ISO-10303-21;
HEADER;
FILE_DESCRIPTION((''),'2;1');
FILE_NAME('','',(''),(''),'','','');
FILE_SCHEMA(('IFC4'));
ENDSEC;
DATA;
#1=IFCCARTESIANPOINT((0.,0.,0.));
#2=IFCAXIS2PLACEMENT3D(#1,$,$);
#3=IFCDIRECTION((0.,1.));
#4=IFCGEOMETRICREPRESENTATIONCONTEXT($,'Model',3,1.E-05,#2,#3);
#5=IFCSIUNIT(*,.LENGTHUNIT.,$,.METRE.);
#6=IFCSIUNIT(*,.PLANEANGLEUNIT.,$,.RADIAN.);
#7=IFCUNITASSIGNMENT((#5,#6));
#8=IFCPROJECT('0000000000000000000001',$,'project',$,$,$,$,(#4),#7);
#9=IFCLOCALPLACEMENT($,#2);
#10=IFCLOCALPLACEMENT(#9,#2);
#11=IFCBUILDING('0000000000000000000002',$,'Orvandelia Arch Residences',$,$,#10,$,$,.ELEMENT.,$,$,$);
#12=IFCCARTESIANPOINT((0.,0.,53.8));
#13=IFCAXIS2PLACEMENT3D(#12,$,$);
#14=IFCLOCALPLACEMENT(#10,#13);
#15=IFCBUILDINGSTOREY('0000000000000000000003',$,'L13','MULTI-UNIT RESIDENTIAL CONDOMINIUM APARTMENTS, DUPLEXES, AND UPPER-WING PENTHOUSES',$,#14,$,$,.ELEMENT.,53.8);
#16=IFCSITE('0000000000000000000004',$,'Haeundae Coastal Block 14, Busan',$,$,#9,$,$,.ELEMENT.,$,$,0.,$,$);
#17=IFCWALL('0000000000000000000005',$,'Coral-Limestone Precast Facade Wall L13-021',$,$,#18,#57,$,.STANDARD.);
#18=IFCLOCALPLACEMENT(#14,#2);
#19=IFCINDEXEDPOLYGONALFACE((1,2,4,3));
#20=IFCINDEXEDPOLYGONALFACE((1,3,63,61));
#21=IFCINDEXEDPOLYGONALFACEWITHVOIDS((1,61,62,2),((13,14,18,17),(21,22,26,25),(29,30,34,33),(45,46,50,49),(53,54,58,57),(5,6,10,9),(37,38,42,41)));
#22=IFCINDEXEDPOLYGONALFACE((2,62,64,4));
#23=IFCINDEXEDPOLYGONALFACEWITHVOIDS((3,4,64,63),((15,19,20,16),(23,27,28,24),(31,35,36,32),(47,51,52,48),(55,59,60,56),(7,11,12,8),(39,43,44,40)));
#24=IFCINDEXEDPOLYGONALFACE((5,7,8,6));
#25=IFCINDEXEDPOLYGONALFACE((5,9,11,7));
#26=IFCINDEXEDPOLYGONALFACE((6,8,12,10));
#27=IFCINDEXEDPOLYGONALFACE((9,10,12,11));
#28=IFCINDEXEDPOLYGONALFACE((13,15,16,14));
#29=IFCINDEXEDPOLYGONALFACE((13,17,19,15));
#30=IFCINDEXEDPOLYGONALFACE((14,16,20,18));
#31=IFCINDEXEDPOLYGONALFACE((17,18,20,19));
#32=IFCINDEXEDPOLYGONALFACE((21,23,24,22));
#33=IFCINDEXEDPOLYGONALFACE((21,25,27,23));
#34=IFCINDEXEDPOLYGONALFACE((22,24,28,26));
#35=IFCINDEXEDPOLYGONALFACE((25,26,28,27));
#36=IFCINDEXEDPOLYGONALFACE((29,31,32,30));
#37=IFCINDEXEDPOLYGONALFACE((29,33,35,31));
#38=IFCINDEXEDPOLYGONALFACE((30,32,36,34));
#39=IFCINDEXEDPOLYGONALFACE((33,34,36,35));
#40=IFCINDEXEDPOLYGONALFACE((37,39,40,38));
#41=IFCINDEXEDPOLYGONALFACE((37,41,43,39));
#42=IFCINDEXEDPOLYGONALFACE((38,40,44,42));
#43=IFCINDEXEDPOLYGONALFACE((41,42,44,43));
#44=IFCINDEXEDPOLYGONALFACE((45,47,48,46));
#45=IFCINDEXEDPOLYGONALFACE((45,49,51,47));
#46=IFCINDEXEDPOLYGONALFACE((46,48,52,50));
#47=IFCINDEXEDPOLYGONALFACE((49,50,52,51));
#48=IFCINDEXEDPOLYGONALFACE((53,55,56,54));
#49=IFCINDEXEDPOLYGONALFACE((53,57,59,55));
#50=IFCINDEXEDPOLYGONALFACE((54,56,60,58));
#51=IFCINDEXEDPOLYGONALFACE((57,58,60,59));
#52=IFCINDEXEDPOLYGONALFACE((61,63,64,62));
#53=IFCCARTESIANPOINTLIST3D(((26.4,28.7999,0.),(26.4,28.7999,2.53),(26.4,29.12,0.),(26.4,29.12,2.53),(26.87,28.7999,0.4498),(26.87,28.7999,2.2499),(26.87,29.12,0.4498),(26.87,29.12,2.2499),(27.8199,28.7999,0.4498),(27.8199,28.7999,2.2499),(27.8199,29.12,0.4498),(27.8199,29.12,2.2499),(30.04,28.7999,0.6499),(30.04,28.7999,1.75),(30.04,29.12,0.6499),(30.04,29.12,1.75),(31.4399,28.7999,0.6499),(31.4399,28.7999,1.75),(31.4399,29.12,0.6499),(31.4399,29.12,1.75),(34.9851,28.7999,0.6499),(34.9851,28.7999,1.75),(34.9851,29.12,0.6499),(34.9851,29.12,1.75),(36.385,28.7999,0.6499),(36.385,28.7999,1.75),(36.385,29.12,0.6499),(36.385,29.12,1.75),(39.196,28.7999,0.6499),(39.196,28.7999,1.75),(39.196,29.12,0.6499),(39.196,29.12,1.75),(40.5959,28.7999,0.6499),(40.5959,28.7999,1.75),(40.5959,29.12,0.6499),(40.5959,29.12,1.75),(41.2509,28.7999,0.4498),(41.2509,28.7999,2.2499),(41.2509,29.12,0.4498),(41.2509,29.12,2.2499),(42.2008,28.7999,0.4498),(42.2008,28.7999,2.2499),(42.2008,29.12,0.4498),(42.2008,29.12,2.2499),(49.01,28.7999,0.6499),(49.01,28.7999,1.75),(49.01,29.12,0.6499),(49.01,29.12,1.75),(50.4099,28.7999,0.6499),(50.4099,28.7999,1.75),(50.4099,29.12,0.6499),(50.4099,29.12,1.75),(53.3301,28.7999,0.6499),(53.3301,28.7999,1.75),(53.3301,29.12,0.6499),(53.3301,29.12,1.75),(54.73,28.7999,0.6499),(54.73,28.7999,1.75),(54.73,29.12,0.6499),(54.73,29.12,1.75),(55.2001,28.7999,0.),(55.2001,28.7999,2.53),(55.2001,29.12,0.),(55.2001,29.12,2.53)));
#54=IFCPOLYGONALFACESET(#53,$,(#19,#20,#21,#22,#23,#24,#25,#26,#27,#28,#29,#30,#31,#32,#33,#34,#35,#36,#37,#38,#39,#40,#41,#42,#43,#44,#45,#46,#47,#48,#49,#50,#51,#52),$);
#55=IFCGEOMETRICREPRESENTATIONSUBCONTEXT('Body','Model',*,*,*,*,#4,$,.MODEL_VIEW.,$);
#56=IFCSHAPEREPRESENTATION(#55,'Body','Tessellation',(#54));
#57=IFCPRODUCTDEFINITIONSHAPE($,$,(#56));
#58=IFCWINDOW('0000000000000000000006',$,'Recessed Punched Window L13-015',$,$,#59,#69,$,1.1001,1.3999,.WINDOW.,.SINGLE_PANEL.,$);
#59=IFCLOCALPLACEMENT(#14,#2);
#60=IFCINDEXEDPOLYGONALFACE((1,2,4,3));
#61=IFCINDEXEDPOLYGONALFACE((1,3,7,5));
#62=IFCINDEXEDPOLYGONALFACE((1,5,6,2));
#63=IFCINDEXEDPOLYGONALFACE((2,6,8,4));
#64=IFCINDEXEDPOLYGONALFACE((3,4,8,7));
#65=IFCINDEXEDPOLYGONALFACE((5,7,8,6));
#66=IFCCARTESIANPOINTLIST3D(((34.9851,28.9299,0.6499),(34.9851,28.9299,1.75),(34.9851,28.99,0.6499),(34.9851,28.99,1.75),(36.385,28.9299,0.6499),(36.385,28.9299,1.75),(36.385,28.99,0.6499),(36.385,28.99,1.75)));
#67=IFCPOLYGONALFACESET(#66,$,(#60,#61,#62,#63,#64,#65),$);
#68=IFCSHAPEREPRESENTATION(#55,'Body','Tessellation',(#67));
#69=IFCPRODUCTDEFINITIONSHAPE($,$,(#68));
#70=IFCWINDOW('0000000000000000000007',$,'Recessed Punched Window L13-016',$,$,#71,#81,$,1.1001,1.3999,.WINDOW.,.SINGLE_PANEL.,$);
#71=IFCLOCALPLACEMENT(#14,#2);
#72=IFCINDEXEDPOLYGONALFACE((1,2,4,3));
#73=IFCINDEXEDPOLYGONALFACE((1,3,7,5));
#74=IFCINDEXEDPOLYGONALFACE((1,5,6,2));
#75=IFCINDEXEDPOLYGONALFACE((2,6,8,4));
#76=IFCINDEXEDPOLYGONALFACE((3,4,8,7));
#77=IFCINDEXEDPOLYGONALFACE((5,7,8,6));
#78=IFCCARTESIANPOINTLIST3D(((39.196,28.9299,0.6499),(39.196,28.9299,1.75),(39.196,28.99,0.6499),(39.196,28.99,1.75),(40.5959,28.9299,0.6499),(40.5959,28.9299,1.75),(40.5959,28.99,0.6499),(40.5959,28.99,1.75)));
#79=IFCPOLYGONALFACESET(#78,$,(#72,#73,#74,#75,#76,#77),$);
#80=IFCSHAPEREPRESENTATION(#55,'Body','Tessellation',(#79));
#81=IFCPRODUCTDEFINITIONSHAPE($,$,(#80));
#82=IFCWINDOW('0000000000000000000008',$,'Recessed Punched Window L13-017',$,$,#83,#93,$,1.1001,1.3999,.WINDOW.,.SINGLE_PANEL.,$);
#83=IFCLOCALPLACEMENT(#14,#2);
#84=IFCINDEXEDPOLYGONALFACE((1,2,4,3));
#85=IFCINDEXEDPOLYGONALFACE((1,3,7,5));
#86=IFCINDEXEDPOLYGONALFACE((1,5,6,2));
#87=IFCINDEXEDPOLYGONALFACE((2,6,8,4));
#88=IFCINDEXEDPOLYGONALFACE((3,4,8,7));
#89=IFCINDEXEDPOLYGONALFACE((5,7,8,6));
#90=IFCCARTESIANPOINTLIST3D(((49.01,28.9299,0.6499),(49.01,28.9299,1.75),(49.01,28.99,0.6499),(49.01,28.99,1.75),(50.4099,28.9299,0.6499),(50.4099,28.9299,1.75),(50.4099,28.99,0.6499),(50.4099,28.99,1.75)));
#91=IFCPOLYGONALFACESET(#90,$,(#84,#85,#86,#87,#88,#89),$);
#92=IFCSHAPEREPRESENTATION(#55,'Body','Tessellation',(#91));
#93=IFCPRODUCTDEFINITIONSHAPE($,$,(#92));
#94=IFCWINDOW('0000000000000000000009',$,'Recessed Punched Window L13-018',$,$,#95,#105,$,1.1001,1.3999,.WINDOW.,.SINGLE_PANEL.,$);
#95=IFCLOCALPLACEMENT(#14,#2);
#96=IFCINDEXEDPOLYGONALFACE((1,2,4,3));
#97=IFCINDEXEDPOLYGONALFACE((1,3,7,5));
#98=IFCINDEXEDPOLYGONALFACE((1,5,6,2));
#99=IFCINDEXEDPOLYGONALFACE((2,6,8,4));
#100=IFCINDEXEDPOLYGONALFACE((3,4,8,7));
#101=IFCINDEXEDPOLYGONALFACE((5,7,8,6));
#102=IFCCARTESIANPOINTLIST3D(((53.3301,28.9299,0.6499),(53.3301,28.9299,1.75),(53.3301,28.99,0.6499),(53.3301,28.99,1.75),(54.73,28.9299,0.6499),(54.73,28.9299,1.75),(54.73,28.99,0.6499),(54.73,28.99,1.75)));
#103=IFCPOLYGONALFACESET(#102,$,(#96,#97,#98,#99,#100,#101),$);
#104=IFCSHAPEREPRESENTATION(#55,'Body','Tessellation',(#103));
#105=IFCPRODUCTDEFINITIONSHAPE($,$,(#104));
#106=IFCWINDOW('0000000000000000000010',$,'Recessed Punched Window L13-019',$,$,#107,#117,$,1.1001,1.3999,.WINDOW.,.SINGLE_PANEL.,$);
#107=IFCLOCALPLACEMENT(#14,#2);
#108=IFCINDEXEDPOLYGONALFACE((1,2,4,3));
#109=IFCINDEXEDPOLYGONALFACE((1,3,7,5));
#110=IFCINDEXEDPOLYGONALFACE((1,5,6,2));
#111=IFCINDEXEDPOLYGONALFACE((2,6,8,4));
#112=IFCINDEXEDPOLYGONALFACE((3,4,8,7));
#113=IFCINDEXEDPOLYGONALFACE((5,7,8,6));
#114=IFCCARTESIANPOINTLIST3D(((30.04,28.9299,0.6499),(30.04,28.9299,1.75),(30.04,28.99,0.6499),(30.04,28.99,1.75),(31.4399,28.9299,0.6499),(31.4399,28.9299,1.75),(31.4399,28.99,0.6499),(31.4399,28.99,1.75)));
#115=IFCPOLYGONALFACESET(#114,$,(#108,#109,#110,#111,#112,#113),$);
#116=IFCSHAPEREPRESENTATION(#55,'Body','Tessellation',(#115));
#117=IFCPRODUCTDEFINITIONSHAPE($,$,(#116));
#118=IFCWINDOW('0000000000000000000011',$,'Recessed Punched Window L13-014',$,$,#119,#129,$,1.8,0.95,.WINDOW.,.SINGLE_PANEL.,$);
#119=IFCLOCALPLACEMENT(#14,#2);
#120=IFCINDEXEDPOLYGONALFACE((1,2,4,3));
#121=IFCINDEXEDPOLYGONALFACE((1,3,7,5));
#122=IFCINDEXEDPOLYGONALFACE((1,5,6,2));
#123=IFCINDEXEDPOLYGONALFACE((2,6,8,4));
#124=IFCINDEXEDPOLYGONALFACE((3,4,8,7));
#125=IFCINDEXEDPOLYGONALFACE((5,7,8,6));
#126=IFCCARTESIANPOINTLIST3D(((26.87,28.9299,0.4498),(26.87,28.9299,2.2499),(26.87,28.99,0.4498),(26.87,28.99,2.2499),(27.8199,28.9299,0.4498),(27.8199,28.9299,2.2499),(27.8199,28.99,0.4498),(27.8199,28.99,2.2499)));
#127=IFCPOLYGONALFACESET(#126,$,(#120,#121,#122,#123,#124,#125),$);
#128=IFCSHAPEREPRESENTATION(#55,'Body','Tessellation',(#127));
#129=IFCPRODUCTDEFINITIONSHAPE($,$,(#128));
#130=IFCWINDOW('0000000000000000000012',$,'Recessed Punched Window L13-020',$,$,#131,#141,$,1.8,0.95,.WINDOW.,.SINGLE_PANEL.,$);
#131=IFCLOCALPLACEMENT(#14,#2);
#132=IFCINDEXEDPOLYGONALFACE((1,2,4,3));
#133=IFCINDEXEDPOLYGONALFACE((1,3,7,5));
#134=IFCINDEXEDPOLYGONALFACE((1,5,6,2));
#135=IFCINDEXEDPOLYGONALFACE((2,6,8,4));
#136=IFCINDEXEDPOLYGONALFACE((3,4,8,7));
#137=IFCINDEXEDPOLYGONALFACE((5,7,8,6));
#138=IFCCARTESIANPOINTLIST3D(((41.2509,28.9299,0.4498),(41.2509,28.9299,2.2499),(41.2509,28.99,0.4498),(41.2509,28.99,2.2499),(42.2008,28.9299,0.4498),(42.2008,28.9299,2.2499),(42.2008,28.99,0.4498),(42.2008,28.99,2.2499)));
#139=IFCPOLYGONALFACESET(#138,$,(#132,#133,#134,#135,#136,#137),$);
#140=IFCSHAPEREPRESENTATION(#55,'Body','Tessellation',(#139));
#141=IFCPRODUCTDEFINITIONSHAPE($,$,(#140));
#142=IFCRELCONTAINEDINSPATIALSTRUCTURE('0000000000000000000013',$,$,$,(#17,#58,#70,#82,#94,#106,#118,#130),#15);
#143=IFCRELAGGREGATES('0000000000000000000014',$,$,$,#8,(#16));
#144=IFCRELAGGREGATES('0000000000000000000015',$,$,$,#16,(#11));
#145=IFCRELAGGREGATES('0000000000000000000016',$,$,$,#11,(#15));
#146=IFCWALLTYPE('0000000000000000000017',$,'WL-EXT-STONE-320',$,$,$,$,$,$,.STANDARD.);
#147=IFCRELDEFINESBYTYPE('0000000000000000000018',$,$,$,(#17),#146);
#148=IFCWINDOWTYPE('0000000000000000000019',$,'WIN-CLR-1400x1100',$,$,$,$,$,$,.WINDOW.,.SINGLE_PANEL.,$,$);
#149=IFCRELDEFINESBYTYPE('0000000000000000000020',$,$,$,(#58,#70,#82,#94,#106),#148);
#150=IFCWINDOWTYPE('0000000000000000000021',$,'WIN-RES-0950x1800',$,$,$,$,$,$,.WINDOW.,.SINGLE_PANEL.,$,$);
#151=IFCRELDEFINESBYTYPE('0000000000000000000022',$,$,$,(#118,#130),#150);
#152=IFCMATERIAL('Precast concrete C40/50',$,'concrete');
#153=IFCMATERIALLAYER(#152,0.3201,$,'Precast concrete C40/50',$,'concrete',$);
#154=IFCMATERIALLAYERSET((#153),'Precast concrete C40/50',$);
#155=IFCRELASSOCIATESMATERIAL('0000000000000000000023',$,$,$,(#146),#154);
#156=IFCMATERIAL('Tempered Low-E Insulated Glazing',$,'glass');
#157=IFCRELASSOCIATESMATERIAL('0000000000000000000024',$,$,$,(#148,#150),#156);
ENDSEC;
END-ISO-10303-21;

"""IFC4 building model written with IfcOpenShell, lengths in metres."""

from ifc_helpers import new_model, si_unit, direction, frame, frame_2d, origin, place, context, subcontext, project, spatial, rectangle, extrude, material, layer, layer_set, type_object, element, fill, save


model = new_model("IFC4")

# Units and contexts
model_context = context("Model", 3, precision=1e-05, world=origin(), true_north=direction((0.0, 1.0)))
body_context = subcontext(model_context, "Body", "Model", "MODEL_VIEW")
ifc_project = project(units=[si_unit("LENGTHUNIT", "METRE"), si_unit("PLANEANGLEUNIT", "RADIAN")], contexts=[model_context])

# Site, building, storey
site_placement = place(None, origin())
site = spatial("IfcSite", under=ifc_project, at=site_placement, Name="Haeundae Coastal Block 14, Busan", CompositionType="ELEMENT", RefElevation=0.0)
building_placement = place(site_placement, origin())
building = spatial("IfcBuilding", under=site, at=building_placement, Name="Orvandelia Arch Residences", CompositionType="ELEMENT")
storey_placement = place(building_placement, frame((0.0, 0.0, 53.8)))
storey = spatial("IfcBuildingStorey", under=building, at=storey_placement, Name="L13", Description="MULTI-UNIT RESIDENTIAL CONDOMINIUM APARTMENTS, DUPLEXES, AND UPPER-WING PENTHOUSES", CompositionType="ELEMENT", Elevation=53.8)

# Shared definitions
ifc_material_1 = material(Name="Precast concrete C40/50", Category="concrete")
ifc_layer_1 = layer(ifc_material_1, 0.3201, Name="Precast concrete C40/50", Category="concrete")
ifc_layer_set_1 = layer_set([ifc_layer_1], Name="Precast concrete C40/50")
wall_type_1 = type_object("IfcWallType", Name="WL-EXT-STONE-320", PredefinedType="STANDARD", material=ifc_layer_set_1)

# Wall, openings, windows
wall_1_placement = place(storey_placement, frame((55.2, 28.96, 0.0), z_axis=(0.0, 0.0, 1.0), x_axis=(-1.0, 0.0, 0.0)))
wall_1 = element("IfcWall", 1, at=wall_1_placement, inside=storey, type_object=wall_type_1, Name="Coral-Limestone Precast Facade Wall L13-021", PredefinedType="STANDARD", context=body_context, shape_type="SweptSolid", body=[
    extrude(rectangle(XDim=28.8, YDim=0.3201, at=frame_2d((14.3999, 0.0))), origin(), (0.0, 0.0, 1.0), 2.53),
])
opening_1_placement = place(wall_1_placement, frame((27.3799, 0.0, 0.45)))
opening_1 = element("IfcOpeningElement", 2, at=opening_1_placement, cuts=wall_1, PredefinedType="OPENING", context=body_context, shape_type="SweptSolid", body=[
    extrude(rectangle(XDim=0.95, YDim=1.8, at=frame_2d((0.4751, 0.8999))), frame((0.0, 0.1699, 0.0), z_axis=(0.0, -1.0, 0.0), x_axis=(1.0, 0.0, 0.0)), (0.0, 0.0, 1.0), 0.3401),
])
opening_2_placement = place(wall_1_placement, frame((18.8149, 0.0, 0.6499)))
opening_2 = element("IfcOpeningElement", 3, at=opening_2_placement, cuts=wall_1, PredefinedType="OPENING", context=body_context, shape_type="SweptSolid", body=[
    extrude(rectangle(XDim=1.3999, YDim=1.1001, at=frame_2d((0.7, 0.55))), frame((0.0, 0.1699, 0.0), z_axis=(0.0, -1.0, 0.0), x_axis=(1.0, 0.0, 0.0)), (0.0, 0.0, 1.0), 0.3401),
])
opening_3_placement = place(wall_1_placement, frame((14.604, 0.0, 0.6499)))
opening_3 = element("IfcOpeningElement", 4, at=opening_3_placement, cuts=wall_1, PredefinedType="OPENING", context=body_context, shape_type="SweptSolid", body=[
    extrude(rectangle(XDim=1.3999, YDim=1.1001, at=frame_2d((0.7, 0.55))), frame((0.0, 0.1699, 0.0), z_axis=(0.0, -1.0, 0.0), x_axis=(1.0, 0.0, 0.0)), (0.0, 0.0, 1.0), 0.3401),
])
opening_4_placement = place(wall_1_placement, frame((4.79, 0.0, 0.6499)))
opening_4 = element("IfcOpeningElement", 5, at=opening_4_placement, cuts=wall_1, PredefinedType="OPENING", context=body_context, shape_type="SweptSolid", body=[
    extrude(rectangle(XDim=1.3999, YDim=1.1001, at=frame_2d((0.7, 0.55))), frame((0.0, 0.1699, 0.0), z_axis=(0.0, -1.0, 0.0), x_axis=(1.0, 0.0, 0.0)), (0.0, 0.0, 1.0), 0.3401),
])
opening_5_placement = place(wall_1_placement, frame((0.47, 0.0, 0.6499)))
opening_5 = element("IfcOpeningElement", 6, at=opening_5_placement, cuts=wall_1, PredefinedType="OPENING", context=body_context, shape_type="SweptSolid", body=[
    extrude(rectangle(XDim=1.3999, YDim=1.1001, at=frame_2d((0.7, 0.55))), frame((0.0, 0.1699, 0.0), z_axis=(0.0, -1.0, 0.0), x_axis=(1.0, 0.0, 0.0)), (0.0, 0.0, 1.0), 0.3401),
])
opening_6_placement = place(wall_1_placement, frame((23.76, 0.0, 0.6499)))
opening_6 = element("IfcOpeningElement", 7, at=opening_6_placement, cuts=wall_1, PredefinedType="OPENING", context=body_context, shape_type="SweptSolid", body=[
    extrude(rectangle(XDim=1.3999, YDim=1.1001, at=frame_2d((0.7, 0.55))), frame((0.0, 0.1699, 0.0), z_axis=(0.0, -1.0, 0.0), x_axis=(1.0, 0.0, 0.0)), (0.0, 0.0, 1.0), 0.3401),
])
opening_7_placement = place(wall_1_placement, frame((12.999, 0.0, 0.45)))
opening_7 = element("IfcOpeningElement", 8, at=opening_7_placement, cuts=wall_1, PredefinedType="OPENING", context=body_context, shape_type="SweptSolid", body=[
    extrude(rectangle(XDim=0.95, YDim=1.8, at=frame_2d((0.4751, 0.8999))), frame((0.0, 0.1699, 0.0), z_axis=(0.0, -1.0, 0.0), x_axis=(1.0, 0.0, 0.0)), (0.0, 0.0, 1.0), 0.3401),
])
ifc_material_2 = material(Name="Tempered Low-E Insulated Glazing", Category="glass")
window_type_1 = type_object("IfcWindowType", Name="WIN-CLR-1400x1100", PartitioningType="SINGLE_PANEL", PredefinedType="WINDOW", material=ifc_material_2)
window_1_placement = place(opening_2_placement, origin())
window_1 = element("IfcWindow", 9, at=window_1_placement, inside=storey, type_object=window_type_1, Name="Recessed Punched Window L13-015", OverallHeight=1.1001, OverallWidth=1.3999, PartitioningType="SINGLE_PANEL", PredefinedType="WINDOW", context=body_context, shape_type="SweptSolid", body=[
    extrude(rectangle(XDim=1.3999, YDim=1.1001, at=frame_2d((0.7, 0.55))), frame((0.0, 0.03, 0.0), z_axis=(0.0, -1.0, 0.0), x_axis=(1.0, 0.0, 0.0)), (0.0, 0.0, 1.0), 0.0601),
])
fill(opening_2, window_1)
window_2_placement = place(opening_3_placement, origin())
window_2 = element("IfcWindow", 10, at=window_2_placement, inside=storey, type_object=window_type_1, Name="Recessed Punched Window L13-016", OverallHeight=1.1001, OverallWidth=1.3999, PartitioningType="SINGLE_PANEL", PredefinedType="WINDOW", context=body_context, shape_type="SweptSolid", body=[
    extrude(rectangle(XDim=1.3999, YDim=1.1001, at=frame_2d((0.7, 0.55))), frame((0.0, 0.03, 0.0), z_axis=(0.0, -1.0, 0.0), x_axis=(1.0, 0.0, 0.0)), (0.0, 0.0, 1.0), 0.0601),
])
fill(opening_3, window_2)
window_3_placement = place(opening_4_placement, origin())
window_3 = element("IfcWindow", 11, at=window_3_placement, inside=storey, type_object=window_type_1, Name="Recessed Punched Window L13-017", OverallHeight=1.1001, OverallWidth=1.3999, PartitioningType="SINGLE_PANEL", PredefinedType="WINDOW", context=body_context, shape_type="SweptSolid", body=[
    extrude(rectangle(XDim=1.3999, YDim=1.1001, at=frame_2d((0.7, 0.55))), frame((0.0, 0.03, 0.0), z_axis=(0.0, -1.0, 0.0), x_axis=(1.0, 0.0, 0.0)), (0.0, 0.0, 1.0), 0.0601),
])
fill(opening_4, window_3)
window_4_placement = place(opening_5_placement, origin())
window_4 = element("IfcWindow", 12, at=window_4_placement, inside=storey, type_object=window_type_1, Name="Recessed Punched Window L13-018", OverallHeight=1.1001, OverallWidth=1.3999, PartitioningType="SINGLE_PANEL", PredefinedType="WINDOW", context=body_context, shape_type="SweptSolid", body=[
    extrude(rectangle(XDim=1.3999, YDim=1.1001, at=frame_2d((0.7, 0.55))), frame((0.0, 0.03, 0.0), z_axis=(0.0, -1.0, 0.0), x_axis=(1.0, 0.0, 0.0)), (0.0, 0.0, 1.0), 0.0601),
])
fill(opening_5, window_4)
window_5_placement = place(opening_6_placement, origin())
window_5 = element("IfcWindow", 13, at=window_5_placement, inside=storey, type_object=window_type_1, Name="Recessed Punched Window L13-019", OverallHeight=1.1001, OverallWidth=1.3999, PartitioningType="SINGLE_PANEL", PredefinedType="WINDOW", context=body_context, shape_type="SweptSolid", body=[
    extrude(rectangle(XDim=1.3999, YDim=1.1001, at=frame_2d((0.7, 0.55))), frame((0.0, 0.03, 0.0), z_axis=(0.0, -1.0, 0.0), x_axis=(1.0, 0.0, 0.0)), (0.0, 0.0, 1.0), 0.0601),
])
fill(opening_6, window_5)
window_type_2 = type_object("IfcWindowType", Name="WIN-RES-0950x1800", PartitioningType="SINGLE_PANEL", PredefinedType="WINDOW", material=ifc_material_2)
window_6_placement = place(opening_1_placement, origin())
window_6 = element("IfcWindow", 14, at=window_6_placement, inside=storey, type_object=window_type_2, Name="Recessed Punched Window L13-014", OverallHeight=1.8, OverallWidth=0.95, PartitioningType="SINGLE_PANEL", PredefinedType="WINDOW", context=body_context, shape_type="SweptSolid", body=[
    extrude(rectangle(XDim=0.95, YDim=1.8, at=frame_2d((0.4751, 0.8999))), frame((0.0, 0.03, 0.0), z_axis=(0.0, -1.0, 0.0), x_axis=(1.0, 0.0, 0.0)), (0.0, 0.0, 1.0), 0.0601),
])
fill(opening_1, window_6)
window_7_placement = place(opening_7_placement, origin())
window_7 = element("IfcWindow", 15, at=window_7_placement, inside=storey, type_object=window_type_2, Name="Recessed Punched Window L13-020", OverallHeight=1.8, OverallWidth=0.95, PartitioningType="SINGLE_PANEL", PredefinedType="WINDOW", context=body_context, shape_type="SweptSolid", body=[
    extrude(rectangle(XDim=0.95, YDim=1.8, at=frame_2d((0.4751, 0.8999))), frame((0.0, 0.03, 0.0), z_axis=(0.0, -1.0, 0.0), x_axis=(1.0, 0.0, 0.0)), (0.0, 0.0, 1.0), 0.0601),
])
fill(opening_7, window_7)

save(model, "model.ifc")
